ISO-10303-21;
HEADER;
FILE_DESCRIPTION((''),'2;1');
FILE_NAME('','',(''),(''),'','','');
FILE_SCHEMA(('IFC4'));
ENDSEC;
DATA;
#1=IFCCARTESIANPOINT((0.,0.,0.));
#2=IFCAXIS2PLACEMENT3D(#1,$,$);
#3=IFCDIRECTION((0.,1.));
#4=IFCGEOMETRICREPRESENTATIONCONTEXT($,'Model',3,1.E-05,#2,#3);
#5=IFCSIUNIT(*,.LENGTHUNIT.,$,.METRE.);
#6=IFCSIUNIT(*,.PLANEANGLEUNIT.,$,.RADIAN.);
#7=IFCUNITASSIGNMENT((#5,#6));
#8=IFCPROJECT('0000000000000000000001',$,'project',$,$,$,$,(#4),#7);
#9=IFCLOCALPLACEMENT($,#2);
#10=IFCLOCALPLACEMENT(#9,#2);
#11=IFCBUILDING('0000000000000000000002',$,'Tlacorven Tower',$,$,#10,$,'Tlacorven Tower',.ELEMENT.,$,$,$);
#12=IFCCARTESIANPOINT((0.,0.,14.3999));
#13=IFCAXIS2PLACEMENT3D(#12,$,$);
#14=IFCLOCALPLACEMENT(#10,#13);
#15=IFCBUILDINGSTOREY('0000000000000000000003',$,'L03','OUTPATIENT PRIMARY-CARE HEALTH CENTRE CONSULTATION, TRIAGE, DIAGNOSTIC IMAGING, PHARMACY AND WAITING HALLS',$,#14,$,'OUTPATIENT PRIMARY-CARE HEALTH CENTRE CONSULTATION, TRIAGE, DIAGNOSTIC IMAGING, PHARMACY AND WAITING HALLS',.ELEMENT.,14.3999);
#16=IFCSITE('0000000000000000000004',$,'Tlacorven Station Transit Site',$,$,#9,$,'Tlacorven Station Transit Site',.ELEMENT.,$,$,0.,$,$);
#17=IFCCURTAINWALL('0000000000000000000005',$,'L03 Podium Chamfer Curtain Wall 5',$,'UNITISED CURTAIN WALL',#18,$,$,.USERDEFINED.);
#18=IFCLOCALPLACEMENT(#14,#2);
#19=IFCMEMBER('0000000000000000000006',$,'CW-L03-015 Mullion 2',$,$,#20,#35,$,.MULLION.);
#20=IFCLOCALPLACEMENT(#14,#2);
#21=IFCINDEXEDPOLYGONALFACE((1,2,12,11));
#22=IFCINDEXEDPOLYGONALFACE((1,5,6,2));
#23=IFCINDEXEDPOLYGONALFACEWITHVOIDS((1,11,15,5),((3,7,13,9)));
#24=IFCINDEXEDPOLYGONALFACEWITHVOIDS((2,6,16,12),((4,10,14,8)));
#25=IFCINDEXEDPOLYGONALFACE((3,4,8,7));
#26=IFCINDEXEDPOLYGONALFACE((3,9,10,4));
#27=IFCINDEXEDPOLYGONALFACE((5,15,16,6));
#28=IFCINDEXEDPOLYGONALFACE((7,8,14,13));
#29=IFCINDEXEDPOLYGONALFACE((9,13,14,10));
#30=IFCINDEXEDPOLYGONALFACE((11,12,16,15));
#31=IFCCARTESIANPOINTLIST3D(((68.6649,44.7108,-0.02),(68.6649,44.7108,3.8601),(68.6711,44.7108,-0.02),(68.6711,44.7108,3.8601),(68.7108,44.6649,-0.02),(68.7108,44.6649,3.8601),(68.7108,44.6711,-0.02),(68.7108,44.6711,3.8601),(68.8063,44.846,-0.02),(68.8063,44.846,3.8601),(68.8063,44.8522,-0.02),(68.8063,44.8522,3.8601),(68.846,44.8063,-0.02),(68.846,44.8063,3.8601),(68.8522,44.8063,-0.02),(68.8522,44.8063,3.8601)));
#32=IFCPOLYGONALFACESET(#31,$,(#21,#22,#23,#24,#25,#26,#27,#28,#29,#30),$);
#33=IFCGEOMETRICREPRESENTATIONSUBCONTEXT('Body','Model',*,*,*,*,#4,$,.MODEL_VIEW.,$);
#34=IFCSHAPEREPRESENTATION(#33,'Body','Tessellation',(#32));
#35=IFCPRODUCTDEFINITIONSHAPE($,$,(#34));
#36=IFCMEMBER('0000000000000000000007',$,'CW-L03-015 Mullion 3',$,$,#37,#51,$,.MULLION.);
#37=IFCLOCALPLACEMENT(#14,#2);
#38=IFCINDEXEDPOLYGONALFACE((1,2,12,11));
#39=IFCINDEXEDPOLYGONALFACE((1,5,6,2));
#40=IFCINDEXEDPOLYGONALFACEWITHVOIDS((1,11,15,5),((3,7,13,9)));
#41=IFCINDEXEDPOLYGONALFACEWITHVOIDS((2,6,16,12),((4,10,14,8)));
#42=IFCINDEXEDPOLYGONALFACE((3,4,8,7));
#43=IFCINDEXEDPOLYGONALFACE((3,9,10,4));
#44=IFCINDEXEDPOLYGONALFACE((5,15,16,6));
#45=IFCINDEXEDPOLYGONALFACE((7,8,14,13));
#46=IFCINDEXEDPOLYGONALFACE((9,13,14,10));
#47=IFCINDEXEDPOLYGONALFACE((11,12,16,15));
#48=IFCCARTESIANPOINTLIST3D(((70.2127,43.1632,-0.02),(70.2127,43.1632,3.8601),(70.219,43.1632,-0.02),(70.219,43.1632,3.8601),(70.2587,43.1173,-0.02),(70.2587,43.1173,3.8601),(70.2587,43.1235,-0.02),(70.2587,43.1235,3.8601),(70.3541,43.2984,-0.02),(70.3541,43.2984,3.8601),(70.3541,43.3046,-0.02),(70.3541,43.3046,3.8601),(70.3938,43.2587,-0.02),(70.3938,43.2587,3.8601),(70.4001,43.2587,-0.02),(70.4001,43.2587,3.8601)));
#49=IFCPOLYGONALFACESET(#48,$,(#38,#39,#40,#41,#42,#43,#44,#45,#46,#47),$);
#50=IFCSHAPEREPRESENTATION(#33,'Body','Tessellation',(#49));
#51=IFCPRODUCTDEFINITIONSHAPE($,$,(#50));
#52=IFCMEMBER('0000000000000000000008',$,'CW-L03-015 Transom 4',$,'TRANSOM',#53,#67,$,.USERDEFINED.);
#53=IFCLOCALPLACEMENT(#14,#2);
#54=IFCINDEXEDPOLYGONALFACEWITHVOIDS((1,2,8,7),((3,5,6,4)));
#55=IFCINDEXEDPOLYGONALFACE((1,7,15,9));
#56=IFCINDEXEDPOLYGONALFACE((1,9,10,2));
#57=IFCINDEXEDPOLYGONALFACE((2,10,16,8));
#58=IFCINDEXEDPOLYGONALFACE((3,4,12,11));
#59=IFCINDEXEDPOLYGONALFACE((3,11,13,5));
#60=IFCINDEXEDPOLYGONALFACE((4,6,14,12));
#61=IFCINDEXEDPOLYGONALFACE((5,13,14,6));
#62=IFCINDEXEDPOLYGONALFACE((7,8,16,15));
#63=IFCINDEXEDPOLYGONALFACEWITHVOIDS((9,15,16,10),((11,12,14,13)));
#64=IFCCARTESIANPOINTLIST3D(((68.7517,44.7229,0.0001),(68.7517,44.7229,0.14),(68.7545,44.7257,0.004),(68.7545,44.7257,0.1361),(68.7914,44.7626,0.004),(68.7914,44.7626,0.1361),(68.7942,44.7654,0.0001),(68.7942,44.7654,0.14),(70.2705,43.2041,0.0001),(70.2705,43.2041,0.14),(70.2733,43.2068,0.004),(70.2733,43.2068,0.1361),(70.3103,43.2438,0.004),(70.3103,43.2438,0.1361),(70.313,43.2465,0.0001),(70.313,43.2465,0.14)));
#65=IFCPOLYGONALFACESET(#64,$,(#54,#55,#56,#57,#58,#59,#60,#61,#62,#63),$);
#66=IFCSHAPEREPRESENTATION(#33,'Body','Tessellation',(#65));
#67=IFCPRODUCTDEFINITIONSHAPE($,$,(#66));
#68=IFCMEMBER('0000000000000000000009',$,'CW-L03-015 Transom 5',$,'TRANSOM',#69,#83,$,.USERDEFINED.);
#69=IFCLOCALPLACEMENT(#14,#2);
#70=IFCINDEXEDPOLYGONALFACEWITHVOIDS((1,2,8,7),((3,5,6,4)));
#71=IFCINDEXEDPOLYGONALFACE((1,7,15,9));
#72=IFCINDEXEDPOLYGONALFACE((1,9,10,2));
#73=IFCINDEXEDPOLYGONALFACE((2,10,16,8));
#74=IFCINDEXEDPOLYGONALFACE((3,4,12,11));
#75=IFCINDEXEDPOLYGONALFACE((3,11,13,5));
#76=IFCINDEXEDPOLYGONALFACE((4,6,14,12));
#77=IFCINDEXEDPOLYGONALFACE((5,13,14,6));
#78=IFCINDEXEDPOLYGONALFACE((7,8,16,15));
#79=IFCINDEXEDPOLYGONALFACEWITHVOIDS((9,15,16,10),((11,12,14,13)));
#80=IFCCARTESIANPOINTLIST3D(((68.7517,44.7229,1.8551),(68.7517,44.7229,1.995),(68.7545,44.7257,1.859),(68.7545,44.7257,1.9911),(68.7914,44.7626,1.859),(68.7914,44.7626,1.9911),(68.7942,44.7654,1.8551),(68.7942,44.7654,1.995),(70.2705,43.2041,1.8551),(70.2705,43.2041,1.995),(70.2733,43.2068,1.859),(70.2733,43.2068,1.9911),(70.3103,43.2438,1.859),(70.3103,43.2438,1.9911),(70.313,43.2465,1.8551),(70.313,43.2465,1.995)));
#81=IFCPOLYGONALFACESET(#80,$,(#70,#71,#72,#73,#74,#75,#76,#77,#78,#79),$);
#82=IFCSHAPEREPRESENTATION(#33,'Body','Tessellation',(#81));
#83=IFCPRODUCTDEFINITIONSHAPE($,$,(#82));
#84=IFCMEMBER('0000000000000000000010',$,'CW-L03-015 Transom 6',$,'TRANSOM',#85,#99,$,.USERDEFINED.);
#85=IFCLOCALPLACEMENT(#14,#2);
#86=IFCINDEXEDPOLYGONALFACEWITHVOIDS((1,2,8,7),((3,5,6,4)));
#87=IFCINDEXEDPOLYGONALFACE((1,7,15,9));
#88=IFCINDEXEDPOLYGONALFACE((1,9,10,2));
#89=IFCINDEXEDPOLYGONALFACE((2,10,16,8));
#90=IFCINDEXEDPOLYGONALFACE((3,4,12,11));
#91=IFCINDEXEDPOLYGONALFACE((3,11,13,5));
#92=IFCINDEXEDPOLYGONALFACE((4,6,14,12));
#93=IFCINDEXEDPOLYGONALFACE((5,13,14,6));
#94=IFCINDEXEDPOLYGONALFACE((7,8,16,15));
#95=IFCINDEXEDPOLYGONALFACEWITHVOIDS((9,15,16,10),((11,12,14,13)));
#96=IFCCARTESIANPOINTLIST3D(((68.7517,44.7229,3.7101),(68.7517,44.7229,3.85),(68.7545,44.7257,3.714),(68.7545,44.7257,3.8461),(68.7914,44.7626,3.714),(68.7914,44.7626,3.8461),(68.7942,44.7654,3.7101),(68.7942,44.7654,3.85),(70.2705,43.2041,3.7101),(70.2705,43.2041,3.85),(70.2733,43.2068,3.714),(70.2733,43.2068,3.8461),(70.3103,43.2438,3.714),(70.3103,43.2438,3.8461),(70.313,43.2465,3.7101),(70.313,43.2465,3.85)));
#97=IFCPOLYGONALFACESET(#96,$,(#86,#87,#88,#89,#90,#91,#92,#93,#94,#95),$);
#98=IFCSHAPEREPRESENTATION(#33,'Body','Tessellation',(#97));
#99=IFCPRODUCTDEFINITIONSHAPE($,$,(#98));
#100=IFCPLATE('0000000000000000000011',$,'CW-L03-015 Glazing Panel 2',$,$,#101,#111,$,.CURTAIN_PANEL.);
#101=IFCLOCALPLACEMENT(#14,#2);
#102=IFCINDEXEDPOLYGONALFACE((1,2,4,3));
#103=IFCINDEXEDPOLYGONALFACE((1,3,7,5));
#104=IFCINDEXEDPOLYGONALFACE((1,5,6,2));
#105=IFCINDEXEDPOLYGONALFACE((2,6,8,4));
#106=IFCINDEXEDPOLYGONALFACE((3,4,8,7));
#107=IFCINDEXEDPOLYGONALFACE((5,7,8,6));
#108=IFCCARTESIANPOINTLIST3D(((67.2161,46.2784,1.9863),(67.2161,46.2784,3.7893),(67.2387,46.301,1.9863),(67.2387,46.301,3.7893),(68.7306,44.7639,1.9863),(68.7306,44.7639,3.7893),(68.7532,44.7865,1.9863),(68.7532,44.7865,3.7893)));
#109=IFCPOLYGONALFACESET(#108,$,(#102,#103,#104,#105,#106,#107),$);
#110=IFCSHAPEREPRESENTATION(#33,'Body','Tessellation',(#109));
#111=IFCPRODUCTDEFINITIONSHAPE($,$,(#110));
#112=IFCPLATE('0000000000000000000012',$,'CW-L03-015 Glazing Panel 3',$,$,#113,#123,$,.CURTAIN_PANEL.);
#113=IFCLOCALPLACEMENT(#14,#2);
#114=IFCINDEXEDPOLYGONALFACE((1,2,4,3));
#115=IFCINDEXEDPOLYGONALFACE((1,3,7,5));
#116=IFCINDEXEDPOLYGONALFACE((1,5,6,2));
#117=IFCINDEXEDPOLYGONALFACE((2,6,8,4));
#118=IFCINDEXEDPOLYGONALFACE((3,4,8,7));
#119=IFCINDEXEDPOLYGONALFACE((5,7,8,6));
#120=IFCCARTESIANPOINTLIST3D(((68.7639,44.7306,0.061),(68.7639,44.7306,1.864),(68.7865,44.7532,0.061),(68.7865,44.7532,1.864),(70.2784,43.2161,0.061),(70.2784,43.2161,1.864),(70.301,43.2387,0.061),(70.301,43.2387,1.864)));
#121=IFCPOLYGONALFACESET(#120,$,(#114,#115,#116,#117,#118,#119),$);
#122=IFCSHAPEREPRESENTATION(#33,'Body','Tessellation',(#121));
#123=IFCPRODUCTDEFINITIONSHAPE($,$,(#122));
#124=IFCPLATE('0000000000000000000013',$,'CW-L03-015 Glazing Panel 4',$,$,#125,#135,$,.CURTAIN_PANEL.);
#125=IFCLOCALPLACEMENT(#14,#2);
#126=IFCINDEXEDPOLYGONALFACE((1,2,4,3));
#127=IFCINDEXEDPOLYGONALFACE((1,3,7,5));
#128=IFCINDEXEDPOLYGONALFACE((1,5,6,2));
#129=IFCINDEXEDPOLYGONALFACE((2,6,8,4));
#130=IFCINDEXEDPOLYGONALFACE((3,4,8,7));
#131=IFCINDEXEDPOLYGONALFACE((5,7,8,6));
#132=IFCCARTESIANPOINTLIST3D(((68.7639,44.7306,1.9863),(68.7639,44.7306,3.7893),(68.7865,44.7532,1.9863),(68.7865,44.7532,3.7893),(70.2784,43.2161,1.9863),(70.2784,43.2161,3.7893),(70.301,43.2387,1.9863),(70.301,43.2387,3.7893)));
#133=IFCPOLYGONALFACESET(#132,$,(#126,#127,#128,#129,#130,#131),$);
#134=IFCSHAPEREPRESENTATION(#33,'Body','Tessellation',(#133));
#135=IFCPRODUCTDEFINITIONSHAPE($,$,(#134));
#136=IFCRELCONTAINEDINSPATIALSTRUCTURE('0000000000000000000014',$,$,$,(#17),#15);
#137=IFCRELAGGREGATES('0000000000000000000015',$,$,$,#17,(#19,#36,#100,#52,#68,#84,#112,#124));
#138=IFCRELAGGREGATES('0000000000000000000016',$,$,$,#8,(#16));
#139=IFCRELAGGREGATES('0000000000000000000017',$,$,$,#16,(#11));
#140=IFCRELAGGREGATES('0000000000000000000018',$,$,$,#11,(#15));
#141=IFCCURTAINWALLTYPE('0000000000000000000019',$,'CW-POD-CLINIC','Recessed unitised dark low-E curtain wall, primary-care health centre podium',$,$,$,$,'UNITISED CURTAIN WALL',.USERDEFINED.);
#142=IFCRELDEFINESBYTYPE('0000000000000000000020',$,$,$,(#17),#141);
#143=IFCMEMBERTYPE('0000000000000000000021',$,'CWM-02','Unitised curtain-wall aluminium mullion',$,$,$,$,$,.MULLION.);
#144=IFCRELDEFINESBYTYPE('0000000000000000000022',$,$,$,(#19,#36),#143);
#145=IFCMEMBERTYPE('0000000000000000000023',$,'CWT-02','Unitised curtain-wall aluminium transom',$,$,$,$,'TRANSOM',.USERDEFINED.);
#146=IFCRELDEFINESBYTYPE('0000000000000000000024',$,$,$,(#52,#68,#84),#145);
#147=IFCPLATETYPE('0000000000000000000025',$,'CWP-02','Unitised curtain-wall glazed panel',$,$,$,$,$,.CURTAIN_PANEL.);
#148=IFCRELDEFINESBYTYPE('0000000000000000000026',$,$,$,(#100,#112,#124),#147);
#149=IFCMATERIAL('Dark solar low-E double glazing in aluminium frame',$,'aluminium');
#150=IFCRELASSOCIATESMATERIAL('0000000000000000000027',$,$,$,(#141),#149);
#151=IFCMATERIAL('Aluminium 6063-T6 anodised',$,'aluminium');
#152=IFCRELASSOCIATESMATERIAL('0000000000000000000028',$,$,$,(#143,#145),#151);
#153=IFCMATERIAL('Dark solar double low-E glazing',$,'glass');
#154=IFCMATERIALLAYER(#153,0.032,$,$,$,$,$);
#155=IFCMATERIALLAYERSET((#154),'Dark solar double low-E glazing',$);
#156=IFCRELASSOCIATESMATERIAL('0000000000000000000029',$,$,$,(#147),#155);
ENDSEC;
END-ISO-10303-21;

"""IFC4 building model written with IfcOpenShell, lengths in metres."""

from ifc_helpers import new_model, si_unit, direction, frame, origin, origin_2d, place, context, subcontext, project, spatial, rectangle, hollow_rectangle, extrude, source, transform, mapped, material, layer, layer_set, material_profile, profile_set, type_object, element, aggregate, save


model = new_model("IFC4")

# Units and contexts
model_context = context("Model", 3, precision=1e-05, world=origin(), true_north=direction((0.0, 1.0)))
body_context = subcontext(model_context, "Body", "Model", "MODEL_VIEW")
ifc_project = project(units=[si_unit("LENGTHUNIT", "METRE"), si_unit("PLANEANGLEUNIT", "RADIAN")], contexts=[model_context])

# Site, building, storey
site_placement = place(None, origin())
site = spatial("IfcSite", under=ifc_project, at=site_placement, Name="Tlacorven Station Transit Site", LongName="Tlacorven Station Transit Site", CompositionType="ELEMENT", RefElevation=0.0)
building_placement = place(site_placement, origin())
building = spatial("IfcBuilding", under=site, at=building_placement, Name="Tlacorven Tower", LongName="Tlacorven Tower", CompositionType="ELEMENT")
storey_placement = place(building_placement, frame((0.0, 0.0, 14.3999)))
storey = spatial("IfcBuildingStorey", under=building, at=storey_placement, Name="L03", Description="OUTPATIENT PRIMARY-CARE HEALTH CENTRE CONSULTATION, TRIAGE, DIAGNOSTIC IMAGING, PHARMACY AND WAITING HALLS", LongName="OUTPATIENT PRIMARY-CARE HEALTH CENTRE CONSULTATION, TRIAGE, DIAGNOSTIC IMAGING, PHARMACY AND WAITING HALLS", CompositionType="ELEMENT", Elevation=14.3999)

# Curtain wall, members, plates
ifc_material_1 = material(Name="Dark solar low-E double glazing in aluminium frame", Category="aluminium")
curtain_wall_type = type_object("IfcCurtainWallType", Name="CW-POD-CLINIC", Description="Recessed unitised dark low-E curtain wall, primary-care health centre podium", ElementType="UNITISED CURTAIN WALL", PredefinedType="USERDEFINED", material=ifc_material_1)
curtain_wall_placement = place(storey_placement, origin())
curtain_wall = element("IfcCurtainWall", 1, at=curtain_wall_placement, inside=storey, type_object=curtain_wall_type, Name="L03 Podium Chamfer Curtain Wall 5", ObjectType="UNITISED CURTAIN WALL", PredefinedType="USERDEFINED")
ifc_material_2 = material(Name="Aluminium 6063-T6 anodised", Category="aluminium")
ifc_material_profile_1 = material_profile(ifc_material_2, hollow_rectangle(XDim=0.0649, YDim=0.2, WallThickness=0.0044, at=origin_2d()), Name="ALU MULLION 65X200")
ifc_profile_set_1 = profile_set([ifc_material_profile_1], Name="Aluminium 6063-T6 anodised")
member_type_1 = type_object("IfcMemberType", Name="CWM-02", Description="Unitised curtain-wall aluminium mullion", PredefinedType="MULLION", material=ifc_profile_set_1)
shared_shape_1 = source(origin(), body_context, "Body", "SweptSolid", [
    extrude(hollow_rectangle(XDim=0.0649, YDim=0.2, WallThickness=0.0044, at=origin_2d()), origin(), (0.0, 0.0, 1.0), 3.8801),
])
member_1_placement = place(storey_placement, frame((68.7585, 44.7585, -0.02), z_axis=(0.0, 0.0, 1.0), x_axis=(0.707107, -0.707107, 0.0)))
member_1 = element("IfcMember", 2, at=member_1_placement, type_object=member_type_1, Name="CW-L03-015 Mullion 2", PredefinedType="MULLION", context=body_context, shape_type="MappedRepresentation", body=[
    mapped(shared_shape_1, transform((0.0, 0.0, 0.0), scale=1.0)),
])
member_2_placement = place(storey_placement, frame((70.3064, 43.2109, -0.02), z_axis=(0.0, 0.0, 1.0), x_axis=(0.707107, -0.707107, 0.0)))
member_2 = element("IfcMember", 3, at=member_2_placement, type_object=member_type_1, Name="CW-L03-015 Mullion 3", PredefinedType="MULLION", context=body_context, shape_type="MappedRepresentation", body=[
    mapped(shared_shape_1, transform((0.0, 0.0, 0.0), scale=1.0)),
])
ifc_material_profile_2 = material_profile(ifc_material_2, hollow_rectangle(XDim=0.0601, YDim=0.1399, WallThickness=0.0039, at=origin_2d()), Name="ALU TRANSOM 60X140")
ifc_profile_set_2 = profile_set([ifc_material_profile_2], Name="Aluminium 6063-T6 anodised")
member_type_2 = type_object("IfcMemberType", Name="CWT-02", Description="Unitised curtain-wall aluminium transom", ElementType="TRANSOM", PredefinedType="USERDEFINED", material=ifc_profile_set_2)
shared_shape_2 = source(origin(), body_context, "Body", "SweptSolid", [
    extrude(hollow_rectangle(XDim=0.0601, YDim=0.1399, WallThickness=0.0039, at=origin_2d()), origin(), (0.0, 0.0, 1.0), 2.1479),
])
member_3_placement = place(storey_placement, frame((68.7729, 44.7441, 0.0701), z_axis=(0.707107, -0.707107, 0.0), x_axis=(0.707107, 0.707107, 0.0)))
member_3 = element("IfcMember", 4, at=member_3_placement, type_object=member_type_2, Name="CW-L03-015 Transom 4", ObjectType="TRANSOM", PredefinedType="USERDEFINED", context=body_context, shape_type="MappedRepresentation", body=[
    mapped(shared_shape_2, transform((0.0, 0.0, 0.0), scale=1.0)),
])
member_4_placement = place(storey_placement, frame((68.7729, 44.7441, 1.925), z_axis=(0.707107, -0.707107, 0.0), x_axis=(0.707107, 0.707107, 0.0)))
member_4 = element("IfcMember", 5, at=member_4_placement, type_object=member_type_2, Name="CW-L03-015 Transom 5", ObjectType="TRANSOM", PredefinedType="USERDEFINED", context=body_context, shape_type="MappedRepresentation", body=[
    mapped(shared_shape_2, transform((0.0, 0.0, 0.0), scale=1.0)),
])
member_5_placement = place(storey_placement, frame((68.7729, 44.7441, 3.78), z_axis=(0.707107, -0.707107, 0.0), x_axis=(0.707107, 0.707107, 0.0)))
member_5 = element("IfcMember", 6, at=member_5_placement, type_object=member_type_2, Name="CW-L03-015 Transom 6", ObjectType="TRANSOM", PredefinedType="USERDEFINED", context=body_context, shape_type="MappedRepresentation", body=[
    mapped(shared_shape_2, transform((0.0, 0.0, 0.0), scale=1.0)),
])
ifc_material_3 = material(Name="Dark solar double low-E glazing", Category="glass")
ifc_layer_1 = layer(ifc_material_3, 0.032)
ifc_layer_set_1 = layer_set([ifc_layer_1], Name="Dark solar double low-E glazing")
plate_type = type_object("IfcPlateType", Name="CWP-02", Description="Unitised curtain-wall glazed panel", PredefinedType="CURTAIN_PANEL", material=ifc_layer_set_1)
shared_shape_3 = source(origin(), body_context, "Body", "SweptSolid", [
    extrude(rectangle(XDim=2.1418, YDim=0.032, at=origin_2d()), origin(), (0.0, 0.0, 1.0), 1.803),
])
plate_1_placement = place(storey_placement, frame((67.9846, 45.5325, 1.9863), z_axis=(0.0, 0.0, 1.0), x_axis=(0.707107, -0.707107, 0.0)))
plate_1 = element("IfcPlate", 7, at=plate_1_placement, type_object=plate_type, Name="CW-L03-015 Glazing Panel 2", PredefinedType="CURTAIN_PANEL", context=body_context, shape_type="MappedRepresentation", body=[
    mapped(shared_shape_3, transform((0.0, 0.0, 0.0), scale=1.0)),
])
plate_2_placement = place(storey_placement, frame((69.5325, 43.9846, 0.061), z_axis=(0.0, 0.0, 1.0), x_axis=(0.707107, -0.707107, 0.0)))
plate_2 = element("IfcPlate", 8, at=plate_2_placement, type_object=plate_type, Name="CW-L03-015 Glazing Panel 3", PredefinedType="CURTAIN_PANEL", context=body_context, shape_type="MappedRepresentation", body=[
    mapped(shared_shape_3, transform((0.0, 0.0, 0.0), scale=1.0)),
])
plate_3_placement = place(storey_placement, frame((69.5325, 43.9846, 1.9863), z_axis=(0.0, 0.0, 1.0), x_axis=(0.707107, -0.707107, 0.0)))
plate_3 = element("IfcPlate", 9, at=plate_3_placement, type_object=plate_type, Name="CW-L03-015 Glazing Panel 4", PredefinedType="CURTAIN_PANEL", context=body_context, shape_type="MappedRepresentation", body=[
    mapped(shared_shape_3, transform((0.0, 0.0, 0.0), scale=1.0)),
])
aggregate(curtain_wall, [member_1, member_2, plate_1, member_3, member_4, member_5, plate_2, plate_3])

save(model, "model.ifc")
